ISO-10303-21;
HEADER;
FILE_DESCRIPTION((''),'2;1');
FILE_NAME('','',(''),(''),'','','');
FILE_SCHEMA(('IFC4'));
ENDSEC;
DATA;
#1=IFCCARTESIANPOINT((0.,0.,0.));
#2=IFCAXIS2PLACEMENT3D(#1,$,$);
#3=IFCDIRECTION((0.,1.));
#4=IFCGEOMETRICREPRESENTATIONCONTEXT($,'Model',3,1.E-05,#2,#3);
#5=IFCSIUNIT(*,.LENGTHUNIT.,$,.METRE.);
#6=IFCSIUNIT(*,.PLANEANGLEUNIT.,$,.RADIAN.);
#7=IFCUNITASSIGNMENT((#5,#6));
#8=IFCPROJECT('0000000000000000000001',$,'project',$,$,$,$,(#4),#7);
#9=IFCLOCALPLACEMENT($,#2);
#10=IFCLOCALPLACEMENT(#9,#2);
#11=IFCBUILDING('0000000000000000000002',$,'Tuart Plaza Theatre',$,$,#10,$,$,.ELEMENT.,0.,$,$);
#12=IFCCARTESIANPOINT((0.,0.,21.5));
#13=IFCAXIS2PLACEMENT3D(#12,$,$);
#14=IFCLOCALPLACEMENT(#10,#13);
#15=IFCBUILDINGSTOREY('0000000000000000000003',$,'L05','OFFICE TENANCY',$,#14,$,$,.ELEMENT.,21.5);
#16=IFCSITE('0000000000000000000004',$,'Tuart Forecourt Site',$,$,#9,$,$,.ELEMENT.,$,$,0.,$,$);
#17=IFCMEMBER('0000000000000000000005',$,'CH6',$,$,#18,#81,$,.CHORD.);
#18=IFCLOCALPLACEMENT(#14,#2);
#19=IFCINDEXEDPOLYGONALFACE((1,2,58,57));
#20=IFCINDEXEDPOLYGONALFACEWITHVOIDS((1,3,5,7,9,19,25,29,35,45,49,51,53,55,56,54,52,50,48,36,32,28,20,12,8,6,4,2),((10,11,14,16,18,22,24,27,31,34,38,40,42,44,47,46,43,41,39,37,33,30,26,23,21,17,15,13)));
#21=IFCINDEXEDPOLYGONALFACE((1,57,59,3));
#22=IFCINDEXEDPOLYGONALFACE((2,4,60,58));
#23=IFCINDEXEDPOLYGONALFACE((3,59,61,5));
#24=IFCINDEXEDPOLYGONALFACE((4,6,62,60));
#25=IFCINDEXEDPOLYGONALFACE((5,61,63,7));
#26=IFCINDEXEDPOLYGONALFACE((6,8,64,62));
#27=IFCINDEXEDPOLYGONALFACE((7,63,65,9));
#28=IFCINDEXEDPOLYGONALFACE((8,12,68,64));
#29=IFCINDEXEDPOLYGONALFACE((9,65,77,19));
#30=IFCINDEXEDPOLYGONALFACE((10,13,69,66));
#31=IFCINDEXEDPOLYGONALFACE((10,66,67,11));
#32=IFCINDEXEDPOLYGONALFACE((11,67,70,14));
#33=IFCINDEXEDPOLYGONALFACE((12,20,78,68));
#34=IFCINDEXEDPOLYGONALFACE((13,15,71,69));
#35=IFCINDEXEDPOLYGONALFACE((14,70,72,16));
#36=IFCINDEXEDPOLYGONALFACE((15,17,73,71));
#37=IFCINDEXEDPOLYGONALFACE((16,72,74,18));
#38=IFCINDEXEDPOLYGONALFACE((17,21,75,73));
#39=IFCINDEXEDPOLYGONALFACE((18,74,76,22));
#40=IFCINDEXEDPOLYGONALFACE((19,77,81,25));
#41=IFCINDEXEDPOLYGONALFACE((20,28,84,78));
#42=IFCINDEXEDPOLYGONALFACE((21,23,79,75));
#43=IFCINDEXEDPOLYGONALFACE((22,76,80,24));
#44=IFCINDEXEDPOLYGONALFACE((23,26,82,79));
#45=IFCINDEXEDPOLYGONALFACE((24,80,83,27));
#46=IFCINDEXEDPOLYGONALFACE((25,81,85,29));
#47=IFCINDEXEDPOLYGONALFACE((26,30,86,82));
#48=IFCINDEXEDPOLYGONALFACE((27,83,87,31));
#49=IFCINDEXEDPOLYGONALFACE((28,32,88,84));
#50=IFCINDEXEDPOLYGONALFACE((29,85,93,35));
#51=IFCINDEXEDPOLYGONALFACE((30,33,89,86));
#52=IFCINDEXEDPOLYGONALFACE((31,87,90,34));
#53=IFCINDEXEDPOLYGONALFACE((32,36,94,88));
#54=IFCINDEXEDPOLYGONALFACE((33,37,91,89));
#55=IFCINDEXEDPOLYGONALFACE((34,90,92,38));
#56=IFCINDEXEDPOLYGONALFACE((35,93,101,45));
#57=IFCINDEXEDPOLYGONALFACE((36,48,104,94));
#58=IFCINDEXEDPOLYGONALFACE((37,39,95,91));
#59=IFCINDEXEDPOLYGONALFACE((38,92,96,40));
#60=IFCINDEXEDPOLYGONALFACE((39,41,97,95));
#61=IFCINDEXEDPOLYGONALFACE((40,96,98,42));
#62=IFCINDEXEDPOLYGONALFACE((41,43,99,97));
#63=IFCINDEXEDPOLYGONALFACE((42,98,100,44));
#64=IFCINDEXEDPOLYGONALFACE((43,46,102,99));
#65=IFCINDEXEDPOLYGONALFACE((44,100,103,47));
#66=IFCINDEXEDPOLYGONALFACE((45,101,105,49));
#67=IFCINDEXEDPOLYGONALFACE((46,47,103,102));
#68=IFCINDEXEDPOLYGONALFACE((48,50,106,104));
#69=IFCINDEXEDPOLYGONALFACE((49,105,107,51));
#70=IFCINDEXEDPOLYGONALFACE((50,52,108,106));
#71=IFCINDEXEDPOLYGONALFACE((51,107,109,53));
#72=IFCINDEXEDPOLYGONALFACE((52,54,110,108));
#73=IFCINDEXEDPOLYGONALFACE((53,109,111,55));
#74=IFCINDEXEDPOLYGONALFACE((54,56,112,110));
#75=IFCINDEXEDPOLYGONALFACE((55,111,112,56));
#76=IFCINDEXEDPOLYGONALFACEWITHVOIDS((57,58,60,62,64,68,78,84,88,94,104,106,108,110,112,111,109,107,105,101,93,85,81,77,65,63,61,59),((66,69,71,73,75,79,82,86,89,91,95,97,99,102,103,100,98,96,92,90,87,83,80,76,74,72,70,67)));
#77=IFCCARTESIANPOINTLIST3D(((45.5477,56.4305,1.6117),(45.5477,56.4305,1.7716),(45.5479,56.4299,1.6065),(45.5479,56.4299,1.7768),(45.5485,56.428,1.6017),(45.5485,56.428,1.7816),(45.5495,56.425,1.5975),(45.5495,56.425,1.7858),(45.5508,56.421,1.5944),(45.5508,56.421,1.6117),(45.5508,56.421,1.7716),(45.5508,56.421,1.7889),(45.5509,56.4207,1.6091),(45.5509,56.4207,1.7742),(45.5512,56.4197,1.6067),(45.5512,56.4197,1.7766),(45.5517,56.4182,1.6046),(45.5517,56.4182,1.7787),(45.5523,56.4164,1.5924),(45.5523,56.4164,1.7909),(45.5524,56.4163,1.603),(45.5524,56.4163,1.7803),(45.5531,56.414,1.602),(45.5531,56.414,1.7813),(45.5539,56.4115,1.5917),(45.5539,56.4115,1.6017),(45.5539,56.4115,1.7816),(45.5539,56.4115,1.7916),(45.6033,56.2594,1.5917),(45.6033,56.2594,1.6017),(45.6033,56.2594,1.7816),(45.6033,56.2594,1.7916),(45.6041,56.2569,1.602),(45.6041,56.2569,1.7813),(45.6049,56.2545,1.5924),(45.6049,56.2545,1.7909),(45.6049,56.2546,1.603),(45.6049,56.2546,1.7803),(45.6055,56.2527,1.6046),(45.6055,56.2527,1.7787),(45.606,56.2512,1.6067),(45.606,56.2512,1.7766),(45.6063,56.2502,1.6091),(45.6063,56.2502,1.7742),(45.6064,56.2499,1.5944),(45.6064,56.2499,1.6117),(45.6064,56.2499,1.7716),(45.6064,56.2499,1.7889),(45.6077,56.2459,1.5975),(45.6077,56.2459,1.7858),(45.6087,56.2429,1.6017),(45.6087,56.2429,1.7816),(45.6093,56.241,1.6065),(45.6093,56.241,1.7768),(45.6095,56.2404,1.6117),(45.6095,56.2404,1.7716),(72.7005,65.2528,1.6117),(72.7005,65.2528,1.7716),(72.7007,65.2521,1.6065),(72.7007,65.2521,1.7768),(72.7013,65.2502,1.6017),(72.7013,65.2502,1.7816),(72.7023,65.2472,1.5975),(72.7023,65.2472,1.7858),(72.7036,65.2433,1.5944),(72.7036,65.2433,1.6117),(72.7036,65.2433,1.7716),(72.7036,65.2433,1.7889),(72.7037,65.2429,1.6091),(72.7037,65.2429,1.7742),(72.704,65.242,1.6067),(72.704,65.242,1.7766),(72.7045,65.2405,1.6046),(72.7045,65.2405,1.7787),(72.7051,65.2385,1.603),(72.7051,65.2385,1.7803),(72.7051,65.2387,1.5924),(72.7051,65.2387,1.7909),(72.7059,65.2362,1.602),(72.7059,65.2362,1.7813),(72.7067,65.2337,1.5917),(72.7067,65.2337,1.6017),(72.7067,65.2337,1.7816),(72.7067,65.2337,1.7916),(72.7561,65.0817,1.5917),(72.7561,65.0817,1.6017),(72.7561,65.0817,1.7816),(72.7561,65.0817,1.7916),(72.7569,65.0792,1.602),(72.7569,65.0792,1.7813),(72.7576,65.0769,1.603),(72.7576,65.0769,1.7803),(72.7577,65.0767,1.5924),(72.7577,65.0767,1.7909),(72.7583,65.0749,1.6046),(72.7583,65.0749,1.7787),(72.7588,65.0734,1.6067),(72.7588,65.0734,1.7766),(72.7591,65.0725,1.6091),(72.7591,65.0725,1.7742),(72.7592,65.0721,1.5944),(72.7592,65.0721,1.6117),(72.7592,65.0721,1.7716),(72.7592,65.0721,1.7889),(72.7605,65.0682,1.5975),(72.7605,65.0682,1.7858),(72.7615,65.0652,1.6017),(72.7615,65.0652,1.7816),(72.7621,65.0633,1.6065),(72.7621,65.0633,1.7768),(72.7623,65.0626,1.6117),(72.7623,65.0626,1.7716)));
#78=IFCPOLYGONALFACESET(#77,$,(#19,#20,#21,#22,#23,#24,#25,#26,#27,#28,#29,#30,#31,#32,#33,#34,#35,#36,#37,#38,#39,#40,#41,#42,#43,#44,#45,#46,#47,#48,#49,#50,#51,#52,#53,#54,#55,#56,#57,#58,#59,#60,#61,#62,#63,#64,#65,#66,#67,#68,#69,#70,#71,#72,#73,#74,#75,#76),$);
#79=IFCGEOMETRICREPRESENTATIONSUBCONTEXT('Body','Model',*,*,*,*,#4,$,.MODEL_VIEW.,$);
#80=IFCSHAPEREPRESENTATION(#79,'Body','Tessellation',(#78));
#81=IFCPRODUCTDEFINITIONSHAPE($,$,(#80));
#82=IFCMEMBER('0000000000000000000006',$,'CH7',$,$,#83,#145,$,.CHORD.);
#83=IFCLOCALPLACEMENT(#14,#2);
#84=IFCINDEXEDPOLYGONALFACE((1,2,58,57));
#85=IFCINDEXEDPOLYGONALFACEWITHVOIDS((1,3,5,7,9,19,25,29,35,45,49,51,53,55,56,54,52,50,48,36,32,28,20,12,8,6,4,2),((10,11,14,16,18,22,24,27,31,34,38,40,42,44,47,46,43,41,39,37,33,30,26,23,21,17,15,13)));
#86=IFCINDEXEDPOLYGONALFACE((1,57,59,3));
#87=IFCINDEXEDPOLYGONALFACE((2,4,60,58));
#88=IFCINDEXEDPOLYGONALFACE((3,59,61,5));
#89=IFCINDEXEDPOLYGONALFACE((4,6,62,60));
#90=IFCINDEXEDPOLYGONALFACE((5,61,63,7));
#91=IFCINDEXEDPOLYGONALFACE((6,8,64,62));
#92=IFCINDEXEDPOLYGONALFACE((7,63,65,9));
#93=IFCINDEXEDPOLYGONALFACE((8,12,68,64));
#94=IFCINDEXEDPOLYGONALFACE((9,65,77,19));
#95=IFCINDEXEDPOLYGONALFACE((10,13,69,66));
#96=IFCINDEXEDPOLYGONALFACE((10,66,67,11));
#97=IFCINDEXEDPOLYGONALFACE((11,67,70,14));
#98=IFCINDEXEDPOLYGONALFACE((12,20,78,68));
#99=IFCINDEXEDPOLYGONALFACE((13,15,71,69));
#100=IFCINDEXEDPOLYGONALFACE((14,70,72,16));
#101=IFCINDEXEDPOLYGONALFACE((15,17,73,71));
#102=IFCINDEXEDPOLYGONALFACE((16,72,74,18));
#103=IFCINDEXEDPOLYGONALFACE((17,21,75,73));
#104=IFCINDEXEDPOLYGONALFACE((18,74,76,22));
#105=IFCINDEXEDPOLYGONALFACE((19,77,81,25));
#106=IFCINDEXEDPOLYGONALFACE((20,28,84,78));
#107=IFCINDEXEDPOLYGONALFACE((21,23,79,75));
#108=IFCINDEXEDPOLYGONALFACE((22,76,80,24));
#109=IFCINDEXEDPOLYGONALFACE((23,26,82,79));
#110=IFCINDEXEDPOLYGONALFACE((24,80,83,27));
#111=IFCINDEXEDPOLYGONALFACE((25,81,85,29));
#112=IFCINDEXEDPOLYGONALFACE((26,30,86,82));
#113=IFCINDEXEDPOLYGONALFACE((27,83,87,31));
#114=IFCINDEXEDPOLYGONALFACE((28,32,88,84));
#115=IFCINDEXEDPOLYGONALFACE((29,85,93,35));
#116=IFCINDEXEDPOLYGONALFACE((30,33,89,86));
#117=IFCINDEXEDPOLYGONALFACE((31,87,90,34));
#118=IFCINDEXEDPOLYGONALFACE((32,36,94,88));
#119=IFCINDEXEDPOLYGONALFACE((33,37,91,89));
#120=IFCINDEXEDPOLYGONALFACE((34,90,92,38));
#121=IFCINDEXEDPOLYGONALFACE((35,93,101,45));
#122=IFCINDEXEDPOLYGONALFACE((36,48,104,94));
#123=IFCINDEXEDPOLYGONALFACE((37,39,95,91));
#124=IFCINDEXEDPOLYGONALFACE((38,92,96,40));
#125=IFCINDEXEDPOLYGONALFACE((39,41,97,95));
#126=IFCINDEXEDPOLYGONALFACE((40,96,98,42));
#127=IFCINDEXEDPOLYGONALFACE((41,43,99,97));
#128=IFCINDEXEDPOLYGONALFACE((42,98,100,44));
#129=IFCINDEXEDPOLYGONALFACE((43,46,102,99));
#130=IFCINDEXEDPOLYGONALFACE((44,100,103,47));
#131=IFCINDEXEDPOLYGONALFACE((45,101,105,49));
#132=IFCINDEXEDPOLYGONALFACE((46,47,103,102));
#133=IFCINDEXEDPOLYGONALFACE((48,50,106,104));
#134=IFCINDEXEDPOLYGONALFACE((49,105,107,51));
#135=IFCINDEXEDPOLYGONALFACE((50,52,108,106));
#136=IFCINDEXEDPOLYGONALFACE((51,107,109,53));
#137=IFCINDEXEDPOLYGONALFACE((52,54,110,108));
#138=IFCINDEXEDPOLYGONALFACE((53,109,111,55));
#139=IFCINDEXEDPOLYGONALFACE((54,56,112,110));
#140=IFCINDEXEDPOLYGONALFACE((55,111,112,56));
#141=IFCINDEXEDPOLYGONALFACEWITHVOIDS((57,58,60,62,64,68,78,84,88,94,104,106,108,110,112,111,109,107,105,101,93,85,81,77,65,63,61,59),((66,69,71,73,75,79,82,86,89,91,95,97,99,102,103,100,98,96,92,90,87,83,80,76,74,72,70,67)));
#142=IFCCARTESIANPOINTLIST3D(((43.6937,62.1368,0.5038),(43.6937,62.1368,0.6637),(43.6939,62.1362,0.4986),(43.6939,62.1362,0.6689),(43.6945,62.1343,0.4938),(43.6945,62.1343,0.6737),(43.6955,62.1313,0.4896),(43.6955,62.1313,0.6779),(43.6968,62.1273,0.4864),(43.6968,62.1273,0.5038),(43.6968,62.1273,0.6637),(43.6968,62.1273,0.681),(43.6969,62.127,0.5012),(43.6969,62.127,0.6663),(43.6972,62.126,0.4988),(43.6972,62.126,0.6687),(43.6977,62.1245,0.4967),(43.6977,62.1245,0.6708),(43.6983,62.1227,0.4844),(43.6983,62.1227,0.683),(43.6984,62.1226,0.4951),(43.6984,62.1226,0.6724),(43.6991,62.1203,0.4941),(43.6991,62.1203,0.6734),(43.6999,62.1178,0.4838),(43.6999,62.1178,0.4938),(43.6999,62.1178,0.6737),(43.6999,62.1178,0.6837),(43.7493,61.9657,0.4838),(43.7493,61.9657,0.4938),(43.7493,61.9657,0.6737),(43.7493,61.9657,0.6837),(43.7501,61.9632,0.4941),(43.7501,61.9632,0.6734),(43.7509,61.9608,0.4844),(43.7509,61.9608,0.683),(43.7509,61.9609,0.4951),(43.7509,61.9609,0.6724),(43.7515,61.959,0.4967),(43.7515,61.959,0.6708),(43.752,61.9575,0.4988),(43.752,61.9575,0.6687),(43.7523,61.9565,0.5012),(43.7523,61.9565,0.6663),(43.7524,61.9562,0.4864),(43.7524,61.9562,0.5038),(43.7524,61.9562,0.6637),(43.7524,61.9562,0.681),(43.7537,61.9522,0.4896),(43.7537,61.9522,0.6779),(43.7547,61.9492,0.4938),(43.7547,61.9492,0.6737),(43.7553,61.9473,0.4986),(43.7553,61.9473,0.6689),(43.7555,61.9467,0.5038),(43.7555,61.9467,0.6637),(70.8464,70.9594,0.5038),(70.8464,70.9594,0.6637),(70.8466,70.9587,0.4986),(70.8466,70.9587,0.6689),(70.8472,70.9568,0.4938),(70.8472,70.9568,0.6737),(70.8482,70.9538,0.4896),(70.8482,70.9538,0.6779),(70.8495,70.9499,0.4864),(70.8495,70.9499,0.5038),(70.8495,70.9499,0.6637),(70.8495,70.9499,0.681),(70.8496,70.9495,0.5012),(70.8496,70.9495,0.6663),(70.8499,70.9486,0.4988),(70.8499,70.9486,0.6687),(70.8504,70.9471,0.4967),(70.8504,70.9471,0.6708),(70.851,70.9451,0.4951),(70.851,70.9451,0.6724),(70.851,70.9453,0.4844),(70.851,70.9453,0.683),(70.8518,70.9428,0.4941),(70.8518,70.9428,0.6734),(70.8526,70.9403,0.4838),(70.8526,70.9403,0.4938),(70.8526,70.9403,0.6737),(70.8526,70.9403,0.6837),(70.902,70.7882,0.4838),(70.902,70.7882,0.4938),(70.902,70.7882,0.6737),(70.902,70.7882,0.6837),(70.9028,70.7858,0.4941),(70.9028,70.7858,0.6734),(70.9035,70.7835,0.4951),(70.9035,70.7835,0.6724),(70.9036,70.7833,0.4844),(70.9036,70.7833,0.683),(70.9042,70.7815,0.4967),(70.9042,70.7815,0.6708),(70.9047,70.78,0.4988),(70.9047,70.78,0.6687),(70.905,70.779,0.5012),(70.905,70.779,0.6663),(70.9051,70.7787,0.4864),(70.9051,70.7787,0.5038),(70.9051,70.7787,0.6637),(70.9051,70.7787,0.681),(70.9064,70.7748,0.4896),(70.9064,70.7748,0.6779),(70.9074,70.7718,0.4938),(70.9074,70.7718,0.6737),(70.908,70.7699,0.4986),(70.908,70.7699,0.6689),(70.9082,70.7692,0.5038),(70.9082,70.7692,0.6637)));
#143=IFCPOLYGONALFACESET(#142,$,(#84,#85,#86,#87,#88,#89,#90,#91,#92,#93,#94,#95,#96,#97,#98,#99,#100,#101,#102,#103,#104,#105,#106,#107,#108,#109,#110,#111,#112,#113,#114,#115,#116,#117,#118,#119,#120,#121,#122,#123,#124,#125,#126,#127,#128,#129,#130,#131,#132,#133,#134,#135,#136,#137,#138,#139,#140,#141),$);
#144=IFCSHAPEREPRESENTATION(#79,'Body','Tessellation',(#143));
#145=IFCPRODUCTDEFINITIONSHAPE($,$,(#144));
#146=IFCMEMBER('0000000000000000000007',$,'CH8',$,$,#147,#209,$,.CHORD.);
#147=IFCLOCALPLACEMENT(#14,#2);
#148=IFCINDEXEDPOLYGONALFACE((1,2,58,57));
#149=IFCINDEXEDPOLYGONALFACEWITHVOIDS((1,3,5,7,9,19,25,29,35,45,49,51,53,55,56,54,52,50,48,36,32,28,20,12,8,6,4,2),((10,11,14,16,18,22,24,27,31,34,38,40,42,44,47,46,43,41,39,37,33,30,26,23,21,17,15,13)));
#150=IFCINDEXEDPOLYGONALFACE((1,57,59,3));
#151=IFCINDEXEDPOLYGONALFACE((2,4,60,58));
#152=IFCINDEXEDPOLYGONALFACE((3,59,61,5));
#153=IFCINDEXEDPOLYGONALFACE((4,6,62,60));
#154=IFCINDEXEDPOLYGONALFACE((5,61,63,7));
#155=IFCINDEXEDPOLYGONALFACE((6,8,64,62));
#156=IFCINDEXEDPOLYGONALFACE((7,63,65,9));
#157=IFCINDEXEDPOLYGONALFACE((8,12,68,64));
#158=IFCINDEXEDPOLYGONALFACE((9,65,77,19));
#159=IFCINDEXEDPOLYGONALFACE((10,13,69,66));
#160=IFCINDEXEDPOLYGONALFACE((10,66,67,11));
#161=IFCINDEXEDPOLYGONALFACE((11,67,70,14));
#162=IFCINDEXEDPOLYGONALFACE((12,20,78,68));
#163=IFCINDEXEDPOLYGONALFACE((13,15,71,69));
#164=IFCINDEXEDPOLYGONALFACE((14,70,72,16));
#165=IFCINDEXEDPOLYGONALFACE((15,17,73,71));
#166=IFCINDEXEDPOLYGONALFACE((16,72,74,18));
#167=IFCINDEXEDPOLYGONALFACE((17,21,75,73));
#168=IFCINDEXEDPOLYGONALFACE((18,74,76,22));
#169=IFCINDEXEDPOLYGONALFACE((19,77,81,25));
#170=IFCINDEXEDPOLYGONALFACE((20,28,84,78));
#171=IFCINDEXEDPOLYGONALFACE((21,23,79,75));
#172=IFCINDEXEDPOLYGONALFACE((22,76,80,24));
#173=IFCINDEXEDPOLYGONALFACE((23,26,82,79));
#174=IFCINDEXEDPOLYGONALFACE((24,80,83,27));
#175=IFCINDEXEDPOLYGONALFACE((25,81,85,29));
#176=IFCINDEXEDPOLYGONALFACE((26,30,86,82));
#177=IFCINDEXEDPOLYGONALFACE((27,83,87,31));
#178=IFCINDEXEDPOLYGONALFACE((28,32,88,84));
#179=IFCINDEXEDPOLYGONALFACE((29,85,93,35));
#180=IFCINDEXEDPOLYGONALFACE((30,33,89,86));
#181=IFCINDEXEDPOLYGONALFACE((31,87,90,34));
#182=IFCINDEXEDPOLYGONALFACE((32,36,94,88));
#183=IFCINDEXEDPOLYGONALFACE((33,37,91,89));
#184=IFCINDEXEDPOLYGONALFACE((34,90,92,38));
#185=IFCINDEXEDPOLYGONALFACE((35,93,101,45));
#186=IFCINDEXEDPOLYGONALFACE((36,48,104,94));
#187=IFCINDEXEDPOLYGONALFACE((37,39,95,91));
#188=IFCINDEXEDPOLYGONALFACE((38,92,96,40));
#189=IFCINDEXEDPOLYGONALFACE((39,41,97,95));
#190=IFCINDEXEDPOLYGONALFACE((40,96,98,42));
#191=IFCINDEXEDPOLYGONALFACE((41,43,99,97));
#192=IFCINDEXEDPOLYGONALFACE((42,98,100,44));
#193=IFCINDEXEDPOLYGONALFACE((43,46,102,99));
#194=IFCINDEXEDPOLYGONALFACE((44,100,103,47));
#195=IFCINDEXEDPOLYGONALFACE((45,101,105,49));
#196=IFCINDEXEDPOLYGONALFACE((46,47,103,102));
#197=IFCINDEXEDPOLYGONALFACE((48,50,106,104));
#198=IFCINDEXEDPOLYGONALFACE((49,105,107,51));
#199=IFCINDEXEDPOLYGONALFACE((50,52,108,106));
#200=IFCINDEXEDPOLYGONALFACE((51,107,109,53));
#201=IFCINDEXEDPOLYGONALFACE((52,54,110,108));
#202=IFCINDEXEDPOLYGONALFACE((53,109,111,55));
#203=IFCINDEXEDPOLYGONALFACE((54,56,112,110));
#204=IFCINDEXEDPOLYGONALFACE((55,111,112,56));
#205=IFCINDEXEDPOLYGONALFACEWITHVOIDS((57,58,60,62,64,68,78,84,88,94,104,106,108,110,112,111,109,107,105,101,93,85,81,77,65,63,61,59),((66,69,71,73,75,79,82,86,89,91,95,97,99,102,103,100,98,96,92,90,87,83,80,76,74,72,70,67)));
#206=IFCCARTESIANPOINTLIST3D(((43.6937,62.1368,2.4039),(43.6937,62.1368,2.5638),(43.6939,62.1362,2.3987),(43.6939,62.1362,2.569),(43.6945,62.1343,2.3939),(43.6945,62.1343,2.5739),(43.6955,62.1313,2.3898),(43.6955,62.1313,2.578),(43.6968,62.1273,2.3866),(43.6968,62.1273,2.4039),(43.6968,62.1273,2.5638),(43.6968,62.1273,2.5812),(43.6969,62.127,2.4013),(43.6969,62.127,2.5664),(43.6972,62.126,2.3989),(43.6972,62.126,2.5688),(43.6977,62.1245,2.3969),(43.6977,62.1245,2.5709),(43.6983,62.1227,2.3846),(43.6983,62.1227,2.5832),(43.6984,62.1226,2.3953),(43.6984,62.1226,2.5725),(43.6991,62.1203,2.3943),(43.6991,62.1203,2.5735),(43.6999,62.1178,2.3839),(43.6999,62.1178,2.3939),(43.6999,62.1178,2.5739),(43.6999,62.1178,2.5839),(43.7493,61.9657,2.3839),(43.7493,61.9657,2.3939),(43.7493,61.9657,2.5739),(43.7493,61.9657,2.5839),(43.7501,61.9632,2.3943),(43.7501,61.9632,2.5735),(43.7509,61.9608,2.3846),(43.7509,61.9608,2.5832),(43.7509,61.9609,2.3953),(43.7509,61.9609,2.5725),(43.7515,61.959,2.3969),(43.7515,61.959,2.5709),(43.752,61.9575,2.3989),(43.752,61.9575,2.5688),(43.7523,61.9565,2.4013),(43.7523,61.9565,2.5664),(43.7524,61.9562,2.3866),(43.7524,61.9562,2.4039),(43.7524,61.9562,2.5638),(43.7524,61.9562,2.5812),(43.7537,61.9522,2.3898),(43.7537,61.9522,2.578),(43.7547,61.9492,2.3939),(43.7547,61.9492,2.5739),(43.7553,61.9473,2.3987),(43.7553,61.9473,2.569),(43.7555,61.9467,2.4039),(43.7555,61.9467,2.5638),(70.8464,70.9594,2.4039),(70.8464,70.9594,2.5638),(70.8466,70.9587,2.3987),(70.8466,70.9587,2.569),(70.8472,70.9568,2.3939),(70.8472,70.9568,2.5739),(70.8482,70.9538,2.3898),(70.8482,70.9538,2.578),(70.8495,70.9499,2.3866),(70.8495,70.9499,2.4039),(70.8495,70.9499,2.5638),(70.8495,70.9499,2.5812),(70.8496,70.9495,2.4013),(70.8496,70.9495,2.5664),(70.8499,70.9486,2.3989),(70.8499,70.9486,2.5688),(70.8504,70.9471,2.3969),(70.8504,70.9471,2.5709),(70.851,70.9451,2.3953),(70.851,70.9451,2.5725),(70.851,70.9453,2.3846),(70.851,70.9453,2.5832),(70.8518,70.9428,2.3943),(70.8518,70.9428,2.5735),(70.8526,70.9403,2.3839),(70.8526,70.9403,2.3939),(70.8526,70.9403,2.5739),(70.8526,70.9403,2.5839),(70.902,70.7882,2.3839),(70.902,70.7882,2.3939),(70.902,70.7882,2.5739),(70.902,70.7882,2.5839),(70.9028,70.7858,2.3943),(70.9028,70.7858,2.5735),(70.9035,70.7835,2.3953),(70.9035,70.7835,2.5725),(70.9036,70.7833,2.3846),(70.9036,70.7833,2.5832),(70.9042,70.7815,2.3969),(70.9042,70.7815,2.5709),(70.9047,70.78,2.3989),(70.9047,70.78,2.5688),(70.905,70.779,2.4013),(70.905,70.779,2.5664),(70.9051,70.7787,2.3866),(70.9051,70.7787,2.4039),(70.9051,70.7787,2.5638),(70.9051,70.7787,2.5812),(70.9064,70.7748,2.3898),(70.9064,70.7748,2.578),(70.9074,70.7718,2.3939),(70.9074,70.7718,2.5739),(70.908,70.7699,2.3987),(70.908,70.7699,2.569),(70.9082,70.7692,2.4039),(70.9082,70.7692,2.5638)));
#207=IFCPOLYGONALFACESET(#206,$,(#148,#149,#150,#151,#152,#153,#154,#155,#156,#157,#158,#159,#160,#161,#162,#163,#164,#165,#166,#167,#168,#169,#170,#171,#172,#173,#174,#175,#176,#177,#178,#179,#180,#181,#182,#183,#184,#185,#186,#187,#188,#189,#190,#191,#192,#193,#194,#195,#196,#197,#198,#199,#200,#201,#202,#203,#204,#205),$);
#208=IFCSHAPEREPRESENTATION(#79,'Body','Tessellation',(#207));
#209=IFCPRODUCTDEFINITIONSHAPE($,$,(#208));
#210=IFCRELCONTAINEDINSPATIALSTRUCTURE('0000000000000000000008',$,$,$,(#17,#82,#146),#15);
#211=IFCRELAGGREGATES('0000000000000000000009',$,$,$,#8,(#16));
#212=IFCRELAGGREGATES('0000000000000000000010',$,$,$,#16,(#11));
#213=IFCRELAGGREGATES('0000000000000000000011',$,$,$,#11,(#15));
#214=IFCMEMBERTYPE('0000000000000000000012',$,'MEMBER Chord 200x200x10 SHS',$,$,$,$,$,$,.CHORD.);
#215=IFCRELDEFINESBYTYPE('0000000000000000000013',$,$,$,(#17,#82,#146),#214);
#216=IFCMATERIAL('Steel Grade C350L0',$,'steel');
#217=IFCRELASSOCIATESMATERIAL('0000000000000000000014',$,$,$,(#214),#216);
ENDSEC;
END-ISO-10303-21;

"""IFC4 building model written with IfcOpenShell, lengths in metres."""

from ifc_helpers import new_model, si_unit, direction, frame, origin, origin_2d, place, context, subcontext, project, spatial, hollow_rectangle, extrude, material, material_profile, profile_set, type_object, element, save


model = new_model("IFC4")

# Units and contexts
model_context = context("Model", 3, precision=1e-05, world=origin(), true_north=direction((0.0, 1.0)))
body_context = subcontext(model_context, "Body", "Model", "MODEL_VIEW")
ifc_project = project(units=[si_unit("LENGTHUNIT", "METRE"), si_unit("PLANEANGLEUNIT", "RADIAN")], contexts=[model_context])

# Site, building, storey
site_placement = place(None, origin())
site = spatial("IfcSite", under=ifc_project, at=site_placement, Name="Tuart Forecourt Site", CompositionType="ELEMENT", RefElevation=0.0)
building_placement = place(site_placement, origin())
building = spatial("IfcBuilding", under=site, at=building_placement, Name="Tuart Plaza Theatre", CompositionType="ELEMENT", ElevationOfRefHeight=0.0)
storey_placement = place(building_placement, frame((0.0, 0.0, 21.5)))
storey = spatial("IfcBuildingStorey", under=building, at=storey_placement, Name="L05", Description="OFFICE TENANCY", CompositionType="ELEMENT", Elevation=21.5)

# Members
ifc_material_1 = material(Name="Steel Grade C350L0", Category="steel")
ifc_material_profile_1 = material_profile(ifc_material_1, hollow_rectangle(XDim=0.2, YDim=0.2, WallThickness=0.01, InnerFilletRadius=0.01, OuterFilletRadius=0.02, at=origin_2d()), Name="200x200x10 SHS")
ifc_profile_set_1 = profile_set([ifc_material_profile_1], Name="Steel Grade C350L0")
member_type_1 = type_object("IfcMemberType", Name="MEMBER Chord 200x200x10 SHS", PredefinedType="CHORD", material=ifc_profile_set_1)
for number, where, z_axis, x_axis, name in (
    (1, (45.5786, 56.3354, 1.6917), (0.951059, 0.30901, 0.0), (-0.30901, 0.951059, 0.0), "CH6"),
    (2, (43.7246, 62.0417, 0.5837), (0.951055, 0.30902, 0.0), (-0.30902, 0.951055, 0.0), "CH7"),
    (3, (43.7246, 62.0417, 2.4839), (0.951055, 0.30902, 0.0), (-0.30902, 0.951055, 0.0), "CH8"),
):
    element("IfcMember", number, at=place(storey_placement, frame(where, z_axis=z_axis, x_axis=x_axis)), inside=storey, type_object=member_type_1, Name=name, PredefinedType="CHORD", context=body_context, shape_type="SweptSolid", body=[
        extrude(hollow_rectangle(XDim=0.2, YDim=0.2, WallThickness=0.01, InnerFilletRadius=0.01, OuterFilletRadius=0.02, at=origin_2d()), origin(), (0.0, 0.0, 1.0), 28.55),
    ])

save(model, "model.ifc")
